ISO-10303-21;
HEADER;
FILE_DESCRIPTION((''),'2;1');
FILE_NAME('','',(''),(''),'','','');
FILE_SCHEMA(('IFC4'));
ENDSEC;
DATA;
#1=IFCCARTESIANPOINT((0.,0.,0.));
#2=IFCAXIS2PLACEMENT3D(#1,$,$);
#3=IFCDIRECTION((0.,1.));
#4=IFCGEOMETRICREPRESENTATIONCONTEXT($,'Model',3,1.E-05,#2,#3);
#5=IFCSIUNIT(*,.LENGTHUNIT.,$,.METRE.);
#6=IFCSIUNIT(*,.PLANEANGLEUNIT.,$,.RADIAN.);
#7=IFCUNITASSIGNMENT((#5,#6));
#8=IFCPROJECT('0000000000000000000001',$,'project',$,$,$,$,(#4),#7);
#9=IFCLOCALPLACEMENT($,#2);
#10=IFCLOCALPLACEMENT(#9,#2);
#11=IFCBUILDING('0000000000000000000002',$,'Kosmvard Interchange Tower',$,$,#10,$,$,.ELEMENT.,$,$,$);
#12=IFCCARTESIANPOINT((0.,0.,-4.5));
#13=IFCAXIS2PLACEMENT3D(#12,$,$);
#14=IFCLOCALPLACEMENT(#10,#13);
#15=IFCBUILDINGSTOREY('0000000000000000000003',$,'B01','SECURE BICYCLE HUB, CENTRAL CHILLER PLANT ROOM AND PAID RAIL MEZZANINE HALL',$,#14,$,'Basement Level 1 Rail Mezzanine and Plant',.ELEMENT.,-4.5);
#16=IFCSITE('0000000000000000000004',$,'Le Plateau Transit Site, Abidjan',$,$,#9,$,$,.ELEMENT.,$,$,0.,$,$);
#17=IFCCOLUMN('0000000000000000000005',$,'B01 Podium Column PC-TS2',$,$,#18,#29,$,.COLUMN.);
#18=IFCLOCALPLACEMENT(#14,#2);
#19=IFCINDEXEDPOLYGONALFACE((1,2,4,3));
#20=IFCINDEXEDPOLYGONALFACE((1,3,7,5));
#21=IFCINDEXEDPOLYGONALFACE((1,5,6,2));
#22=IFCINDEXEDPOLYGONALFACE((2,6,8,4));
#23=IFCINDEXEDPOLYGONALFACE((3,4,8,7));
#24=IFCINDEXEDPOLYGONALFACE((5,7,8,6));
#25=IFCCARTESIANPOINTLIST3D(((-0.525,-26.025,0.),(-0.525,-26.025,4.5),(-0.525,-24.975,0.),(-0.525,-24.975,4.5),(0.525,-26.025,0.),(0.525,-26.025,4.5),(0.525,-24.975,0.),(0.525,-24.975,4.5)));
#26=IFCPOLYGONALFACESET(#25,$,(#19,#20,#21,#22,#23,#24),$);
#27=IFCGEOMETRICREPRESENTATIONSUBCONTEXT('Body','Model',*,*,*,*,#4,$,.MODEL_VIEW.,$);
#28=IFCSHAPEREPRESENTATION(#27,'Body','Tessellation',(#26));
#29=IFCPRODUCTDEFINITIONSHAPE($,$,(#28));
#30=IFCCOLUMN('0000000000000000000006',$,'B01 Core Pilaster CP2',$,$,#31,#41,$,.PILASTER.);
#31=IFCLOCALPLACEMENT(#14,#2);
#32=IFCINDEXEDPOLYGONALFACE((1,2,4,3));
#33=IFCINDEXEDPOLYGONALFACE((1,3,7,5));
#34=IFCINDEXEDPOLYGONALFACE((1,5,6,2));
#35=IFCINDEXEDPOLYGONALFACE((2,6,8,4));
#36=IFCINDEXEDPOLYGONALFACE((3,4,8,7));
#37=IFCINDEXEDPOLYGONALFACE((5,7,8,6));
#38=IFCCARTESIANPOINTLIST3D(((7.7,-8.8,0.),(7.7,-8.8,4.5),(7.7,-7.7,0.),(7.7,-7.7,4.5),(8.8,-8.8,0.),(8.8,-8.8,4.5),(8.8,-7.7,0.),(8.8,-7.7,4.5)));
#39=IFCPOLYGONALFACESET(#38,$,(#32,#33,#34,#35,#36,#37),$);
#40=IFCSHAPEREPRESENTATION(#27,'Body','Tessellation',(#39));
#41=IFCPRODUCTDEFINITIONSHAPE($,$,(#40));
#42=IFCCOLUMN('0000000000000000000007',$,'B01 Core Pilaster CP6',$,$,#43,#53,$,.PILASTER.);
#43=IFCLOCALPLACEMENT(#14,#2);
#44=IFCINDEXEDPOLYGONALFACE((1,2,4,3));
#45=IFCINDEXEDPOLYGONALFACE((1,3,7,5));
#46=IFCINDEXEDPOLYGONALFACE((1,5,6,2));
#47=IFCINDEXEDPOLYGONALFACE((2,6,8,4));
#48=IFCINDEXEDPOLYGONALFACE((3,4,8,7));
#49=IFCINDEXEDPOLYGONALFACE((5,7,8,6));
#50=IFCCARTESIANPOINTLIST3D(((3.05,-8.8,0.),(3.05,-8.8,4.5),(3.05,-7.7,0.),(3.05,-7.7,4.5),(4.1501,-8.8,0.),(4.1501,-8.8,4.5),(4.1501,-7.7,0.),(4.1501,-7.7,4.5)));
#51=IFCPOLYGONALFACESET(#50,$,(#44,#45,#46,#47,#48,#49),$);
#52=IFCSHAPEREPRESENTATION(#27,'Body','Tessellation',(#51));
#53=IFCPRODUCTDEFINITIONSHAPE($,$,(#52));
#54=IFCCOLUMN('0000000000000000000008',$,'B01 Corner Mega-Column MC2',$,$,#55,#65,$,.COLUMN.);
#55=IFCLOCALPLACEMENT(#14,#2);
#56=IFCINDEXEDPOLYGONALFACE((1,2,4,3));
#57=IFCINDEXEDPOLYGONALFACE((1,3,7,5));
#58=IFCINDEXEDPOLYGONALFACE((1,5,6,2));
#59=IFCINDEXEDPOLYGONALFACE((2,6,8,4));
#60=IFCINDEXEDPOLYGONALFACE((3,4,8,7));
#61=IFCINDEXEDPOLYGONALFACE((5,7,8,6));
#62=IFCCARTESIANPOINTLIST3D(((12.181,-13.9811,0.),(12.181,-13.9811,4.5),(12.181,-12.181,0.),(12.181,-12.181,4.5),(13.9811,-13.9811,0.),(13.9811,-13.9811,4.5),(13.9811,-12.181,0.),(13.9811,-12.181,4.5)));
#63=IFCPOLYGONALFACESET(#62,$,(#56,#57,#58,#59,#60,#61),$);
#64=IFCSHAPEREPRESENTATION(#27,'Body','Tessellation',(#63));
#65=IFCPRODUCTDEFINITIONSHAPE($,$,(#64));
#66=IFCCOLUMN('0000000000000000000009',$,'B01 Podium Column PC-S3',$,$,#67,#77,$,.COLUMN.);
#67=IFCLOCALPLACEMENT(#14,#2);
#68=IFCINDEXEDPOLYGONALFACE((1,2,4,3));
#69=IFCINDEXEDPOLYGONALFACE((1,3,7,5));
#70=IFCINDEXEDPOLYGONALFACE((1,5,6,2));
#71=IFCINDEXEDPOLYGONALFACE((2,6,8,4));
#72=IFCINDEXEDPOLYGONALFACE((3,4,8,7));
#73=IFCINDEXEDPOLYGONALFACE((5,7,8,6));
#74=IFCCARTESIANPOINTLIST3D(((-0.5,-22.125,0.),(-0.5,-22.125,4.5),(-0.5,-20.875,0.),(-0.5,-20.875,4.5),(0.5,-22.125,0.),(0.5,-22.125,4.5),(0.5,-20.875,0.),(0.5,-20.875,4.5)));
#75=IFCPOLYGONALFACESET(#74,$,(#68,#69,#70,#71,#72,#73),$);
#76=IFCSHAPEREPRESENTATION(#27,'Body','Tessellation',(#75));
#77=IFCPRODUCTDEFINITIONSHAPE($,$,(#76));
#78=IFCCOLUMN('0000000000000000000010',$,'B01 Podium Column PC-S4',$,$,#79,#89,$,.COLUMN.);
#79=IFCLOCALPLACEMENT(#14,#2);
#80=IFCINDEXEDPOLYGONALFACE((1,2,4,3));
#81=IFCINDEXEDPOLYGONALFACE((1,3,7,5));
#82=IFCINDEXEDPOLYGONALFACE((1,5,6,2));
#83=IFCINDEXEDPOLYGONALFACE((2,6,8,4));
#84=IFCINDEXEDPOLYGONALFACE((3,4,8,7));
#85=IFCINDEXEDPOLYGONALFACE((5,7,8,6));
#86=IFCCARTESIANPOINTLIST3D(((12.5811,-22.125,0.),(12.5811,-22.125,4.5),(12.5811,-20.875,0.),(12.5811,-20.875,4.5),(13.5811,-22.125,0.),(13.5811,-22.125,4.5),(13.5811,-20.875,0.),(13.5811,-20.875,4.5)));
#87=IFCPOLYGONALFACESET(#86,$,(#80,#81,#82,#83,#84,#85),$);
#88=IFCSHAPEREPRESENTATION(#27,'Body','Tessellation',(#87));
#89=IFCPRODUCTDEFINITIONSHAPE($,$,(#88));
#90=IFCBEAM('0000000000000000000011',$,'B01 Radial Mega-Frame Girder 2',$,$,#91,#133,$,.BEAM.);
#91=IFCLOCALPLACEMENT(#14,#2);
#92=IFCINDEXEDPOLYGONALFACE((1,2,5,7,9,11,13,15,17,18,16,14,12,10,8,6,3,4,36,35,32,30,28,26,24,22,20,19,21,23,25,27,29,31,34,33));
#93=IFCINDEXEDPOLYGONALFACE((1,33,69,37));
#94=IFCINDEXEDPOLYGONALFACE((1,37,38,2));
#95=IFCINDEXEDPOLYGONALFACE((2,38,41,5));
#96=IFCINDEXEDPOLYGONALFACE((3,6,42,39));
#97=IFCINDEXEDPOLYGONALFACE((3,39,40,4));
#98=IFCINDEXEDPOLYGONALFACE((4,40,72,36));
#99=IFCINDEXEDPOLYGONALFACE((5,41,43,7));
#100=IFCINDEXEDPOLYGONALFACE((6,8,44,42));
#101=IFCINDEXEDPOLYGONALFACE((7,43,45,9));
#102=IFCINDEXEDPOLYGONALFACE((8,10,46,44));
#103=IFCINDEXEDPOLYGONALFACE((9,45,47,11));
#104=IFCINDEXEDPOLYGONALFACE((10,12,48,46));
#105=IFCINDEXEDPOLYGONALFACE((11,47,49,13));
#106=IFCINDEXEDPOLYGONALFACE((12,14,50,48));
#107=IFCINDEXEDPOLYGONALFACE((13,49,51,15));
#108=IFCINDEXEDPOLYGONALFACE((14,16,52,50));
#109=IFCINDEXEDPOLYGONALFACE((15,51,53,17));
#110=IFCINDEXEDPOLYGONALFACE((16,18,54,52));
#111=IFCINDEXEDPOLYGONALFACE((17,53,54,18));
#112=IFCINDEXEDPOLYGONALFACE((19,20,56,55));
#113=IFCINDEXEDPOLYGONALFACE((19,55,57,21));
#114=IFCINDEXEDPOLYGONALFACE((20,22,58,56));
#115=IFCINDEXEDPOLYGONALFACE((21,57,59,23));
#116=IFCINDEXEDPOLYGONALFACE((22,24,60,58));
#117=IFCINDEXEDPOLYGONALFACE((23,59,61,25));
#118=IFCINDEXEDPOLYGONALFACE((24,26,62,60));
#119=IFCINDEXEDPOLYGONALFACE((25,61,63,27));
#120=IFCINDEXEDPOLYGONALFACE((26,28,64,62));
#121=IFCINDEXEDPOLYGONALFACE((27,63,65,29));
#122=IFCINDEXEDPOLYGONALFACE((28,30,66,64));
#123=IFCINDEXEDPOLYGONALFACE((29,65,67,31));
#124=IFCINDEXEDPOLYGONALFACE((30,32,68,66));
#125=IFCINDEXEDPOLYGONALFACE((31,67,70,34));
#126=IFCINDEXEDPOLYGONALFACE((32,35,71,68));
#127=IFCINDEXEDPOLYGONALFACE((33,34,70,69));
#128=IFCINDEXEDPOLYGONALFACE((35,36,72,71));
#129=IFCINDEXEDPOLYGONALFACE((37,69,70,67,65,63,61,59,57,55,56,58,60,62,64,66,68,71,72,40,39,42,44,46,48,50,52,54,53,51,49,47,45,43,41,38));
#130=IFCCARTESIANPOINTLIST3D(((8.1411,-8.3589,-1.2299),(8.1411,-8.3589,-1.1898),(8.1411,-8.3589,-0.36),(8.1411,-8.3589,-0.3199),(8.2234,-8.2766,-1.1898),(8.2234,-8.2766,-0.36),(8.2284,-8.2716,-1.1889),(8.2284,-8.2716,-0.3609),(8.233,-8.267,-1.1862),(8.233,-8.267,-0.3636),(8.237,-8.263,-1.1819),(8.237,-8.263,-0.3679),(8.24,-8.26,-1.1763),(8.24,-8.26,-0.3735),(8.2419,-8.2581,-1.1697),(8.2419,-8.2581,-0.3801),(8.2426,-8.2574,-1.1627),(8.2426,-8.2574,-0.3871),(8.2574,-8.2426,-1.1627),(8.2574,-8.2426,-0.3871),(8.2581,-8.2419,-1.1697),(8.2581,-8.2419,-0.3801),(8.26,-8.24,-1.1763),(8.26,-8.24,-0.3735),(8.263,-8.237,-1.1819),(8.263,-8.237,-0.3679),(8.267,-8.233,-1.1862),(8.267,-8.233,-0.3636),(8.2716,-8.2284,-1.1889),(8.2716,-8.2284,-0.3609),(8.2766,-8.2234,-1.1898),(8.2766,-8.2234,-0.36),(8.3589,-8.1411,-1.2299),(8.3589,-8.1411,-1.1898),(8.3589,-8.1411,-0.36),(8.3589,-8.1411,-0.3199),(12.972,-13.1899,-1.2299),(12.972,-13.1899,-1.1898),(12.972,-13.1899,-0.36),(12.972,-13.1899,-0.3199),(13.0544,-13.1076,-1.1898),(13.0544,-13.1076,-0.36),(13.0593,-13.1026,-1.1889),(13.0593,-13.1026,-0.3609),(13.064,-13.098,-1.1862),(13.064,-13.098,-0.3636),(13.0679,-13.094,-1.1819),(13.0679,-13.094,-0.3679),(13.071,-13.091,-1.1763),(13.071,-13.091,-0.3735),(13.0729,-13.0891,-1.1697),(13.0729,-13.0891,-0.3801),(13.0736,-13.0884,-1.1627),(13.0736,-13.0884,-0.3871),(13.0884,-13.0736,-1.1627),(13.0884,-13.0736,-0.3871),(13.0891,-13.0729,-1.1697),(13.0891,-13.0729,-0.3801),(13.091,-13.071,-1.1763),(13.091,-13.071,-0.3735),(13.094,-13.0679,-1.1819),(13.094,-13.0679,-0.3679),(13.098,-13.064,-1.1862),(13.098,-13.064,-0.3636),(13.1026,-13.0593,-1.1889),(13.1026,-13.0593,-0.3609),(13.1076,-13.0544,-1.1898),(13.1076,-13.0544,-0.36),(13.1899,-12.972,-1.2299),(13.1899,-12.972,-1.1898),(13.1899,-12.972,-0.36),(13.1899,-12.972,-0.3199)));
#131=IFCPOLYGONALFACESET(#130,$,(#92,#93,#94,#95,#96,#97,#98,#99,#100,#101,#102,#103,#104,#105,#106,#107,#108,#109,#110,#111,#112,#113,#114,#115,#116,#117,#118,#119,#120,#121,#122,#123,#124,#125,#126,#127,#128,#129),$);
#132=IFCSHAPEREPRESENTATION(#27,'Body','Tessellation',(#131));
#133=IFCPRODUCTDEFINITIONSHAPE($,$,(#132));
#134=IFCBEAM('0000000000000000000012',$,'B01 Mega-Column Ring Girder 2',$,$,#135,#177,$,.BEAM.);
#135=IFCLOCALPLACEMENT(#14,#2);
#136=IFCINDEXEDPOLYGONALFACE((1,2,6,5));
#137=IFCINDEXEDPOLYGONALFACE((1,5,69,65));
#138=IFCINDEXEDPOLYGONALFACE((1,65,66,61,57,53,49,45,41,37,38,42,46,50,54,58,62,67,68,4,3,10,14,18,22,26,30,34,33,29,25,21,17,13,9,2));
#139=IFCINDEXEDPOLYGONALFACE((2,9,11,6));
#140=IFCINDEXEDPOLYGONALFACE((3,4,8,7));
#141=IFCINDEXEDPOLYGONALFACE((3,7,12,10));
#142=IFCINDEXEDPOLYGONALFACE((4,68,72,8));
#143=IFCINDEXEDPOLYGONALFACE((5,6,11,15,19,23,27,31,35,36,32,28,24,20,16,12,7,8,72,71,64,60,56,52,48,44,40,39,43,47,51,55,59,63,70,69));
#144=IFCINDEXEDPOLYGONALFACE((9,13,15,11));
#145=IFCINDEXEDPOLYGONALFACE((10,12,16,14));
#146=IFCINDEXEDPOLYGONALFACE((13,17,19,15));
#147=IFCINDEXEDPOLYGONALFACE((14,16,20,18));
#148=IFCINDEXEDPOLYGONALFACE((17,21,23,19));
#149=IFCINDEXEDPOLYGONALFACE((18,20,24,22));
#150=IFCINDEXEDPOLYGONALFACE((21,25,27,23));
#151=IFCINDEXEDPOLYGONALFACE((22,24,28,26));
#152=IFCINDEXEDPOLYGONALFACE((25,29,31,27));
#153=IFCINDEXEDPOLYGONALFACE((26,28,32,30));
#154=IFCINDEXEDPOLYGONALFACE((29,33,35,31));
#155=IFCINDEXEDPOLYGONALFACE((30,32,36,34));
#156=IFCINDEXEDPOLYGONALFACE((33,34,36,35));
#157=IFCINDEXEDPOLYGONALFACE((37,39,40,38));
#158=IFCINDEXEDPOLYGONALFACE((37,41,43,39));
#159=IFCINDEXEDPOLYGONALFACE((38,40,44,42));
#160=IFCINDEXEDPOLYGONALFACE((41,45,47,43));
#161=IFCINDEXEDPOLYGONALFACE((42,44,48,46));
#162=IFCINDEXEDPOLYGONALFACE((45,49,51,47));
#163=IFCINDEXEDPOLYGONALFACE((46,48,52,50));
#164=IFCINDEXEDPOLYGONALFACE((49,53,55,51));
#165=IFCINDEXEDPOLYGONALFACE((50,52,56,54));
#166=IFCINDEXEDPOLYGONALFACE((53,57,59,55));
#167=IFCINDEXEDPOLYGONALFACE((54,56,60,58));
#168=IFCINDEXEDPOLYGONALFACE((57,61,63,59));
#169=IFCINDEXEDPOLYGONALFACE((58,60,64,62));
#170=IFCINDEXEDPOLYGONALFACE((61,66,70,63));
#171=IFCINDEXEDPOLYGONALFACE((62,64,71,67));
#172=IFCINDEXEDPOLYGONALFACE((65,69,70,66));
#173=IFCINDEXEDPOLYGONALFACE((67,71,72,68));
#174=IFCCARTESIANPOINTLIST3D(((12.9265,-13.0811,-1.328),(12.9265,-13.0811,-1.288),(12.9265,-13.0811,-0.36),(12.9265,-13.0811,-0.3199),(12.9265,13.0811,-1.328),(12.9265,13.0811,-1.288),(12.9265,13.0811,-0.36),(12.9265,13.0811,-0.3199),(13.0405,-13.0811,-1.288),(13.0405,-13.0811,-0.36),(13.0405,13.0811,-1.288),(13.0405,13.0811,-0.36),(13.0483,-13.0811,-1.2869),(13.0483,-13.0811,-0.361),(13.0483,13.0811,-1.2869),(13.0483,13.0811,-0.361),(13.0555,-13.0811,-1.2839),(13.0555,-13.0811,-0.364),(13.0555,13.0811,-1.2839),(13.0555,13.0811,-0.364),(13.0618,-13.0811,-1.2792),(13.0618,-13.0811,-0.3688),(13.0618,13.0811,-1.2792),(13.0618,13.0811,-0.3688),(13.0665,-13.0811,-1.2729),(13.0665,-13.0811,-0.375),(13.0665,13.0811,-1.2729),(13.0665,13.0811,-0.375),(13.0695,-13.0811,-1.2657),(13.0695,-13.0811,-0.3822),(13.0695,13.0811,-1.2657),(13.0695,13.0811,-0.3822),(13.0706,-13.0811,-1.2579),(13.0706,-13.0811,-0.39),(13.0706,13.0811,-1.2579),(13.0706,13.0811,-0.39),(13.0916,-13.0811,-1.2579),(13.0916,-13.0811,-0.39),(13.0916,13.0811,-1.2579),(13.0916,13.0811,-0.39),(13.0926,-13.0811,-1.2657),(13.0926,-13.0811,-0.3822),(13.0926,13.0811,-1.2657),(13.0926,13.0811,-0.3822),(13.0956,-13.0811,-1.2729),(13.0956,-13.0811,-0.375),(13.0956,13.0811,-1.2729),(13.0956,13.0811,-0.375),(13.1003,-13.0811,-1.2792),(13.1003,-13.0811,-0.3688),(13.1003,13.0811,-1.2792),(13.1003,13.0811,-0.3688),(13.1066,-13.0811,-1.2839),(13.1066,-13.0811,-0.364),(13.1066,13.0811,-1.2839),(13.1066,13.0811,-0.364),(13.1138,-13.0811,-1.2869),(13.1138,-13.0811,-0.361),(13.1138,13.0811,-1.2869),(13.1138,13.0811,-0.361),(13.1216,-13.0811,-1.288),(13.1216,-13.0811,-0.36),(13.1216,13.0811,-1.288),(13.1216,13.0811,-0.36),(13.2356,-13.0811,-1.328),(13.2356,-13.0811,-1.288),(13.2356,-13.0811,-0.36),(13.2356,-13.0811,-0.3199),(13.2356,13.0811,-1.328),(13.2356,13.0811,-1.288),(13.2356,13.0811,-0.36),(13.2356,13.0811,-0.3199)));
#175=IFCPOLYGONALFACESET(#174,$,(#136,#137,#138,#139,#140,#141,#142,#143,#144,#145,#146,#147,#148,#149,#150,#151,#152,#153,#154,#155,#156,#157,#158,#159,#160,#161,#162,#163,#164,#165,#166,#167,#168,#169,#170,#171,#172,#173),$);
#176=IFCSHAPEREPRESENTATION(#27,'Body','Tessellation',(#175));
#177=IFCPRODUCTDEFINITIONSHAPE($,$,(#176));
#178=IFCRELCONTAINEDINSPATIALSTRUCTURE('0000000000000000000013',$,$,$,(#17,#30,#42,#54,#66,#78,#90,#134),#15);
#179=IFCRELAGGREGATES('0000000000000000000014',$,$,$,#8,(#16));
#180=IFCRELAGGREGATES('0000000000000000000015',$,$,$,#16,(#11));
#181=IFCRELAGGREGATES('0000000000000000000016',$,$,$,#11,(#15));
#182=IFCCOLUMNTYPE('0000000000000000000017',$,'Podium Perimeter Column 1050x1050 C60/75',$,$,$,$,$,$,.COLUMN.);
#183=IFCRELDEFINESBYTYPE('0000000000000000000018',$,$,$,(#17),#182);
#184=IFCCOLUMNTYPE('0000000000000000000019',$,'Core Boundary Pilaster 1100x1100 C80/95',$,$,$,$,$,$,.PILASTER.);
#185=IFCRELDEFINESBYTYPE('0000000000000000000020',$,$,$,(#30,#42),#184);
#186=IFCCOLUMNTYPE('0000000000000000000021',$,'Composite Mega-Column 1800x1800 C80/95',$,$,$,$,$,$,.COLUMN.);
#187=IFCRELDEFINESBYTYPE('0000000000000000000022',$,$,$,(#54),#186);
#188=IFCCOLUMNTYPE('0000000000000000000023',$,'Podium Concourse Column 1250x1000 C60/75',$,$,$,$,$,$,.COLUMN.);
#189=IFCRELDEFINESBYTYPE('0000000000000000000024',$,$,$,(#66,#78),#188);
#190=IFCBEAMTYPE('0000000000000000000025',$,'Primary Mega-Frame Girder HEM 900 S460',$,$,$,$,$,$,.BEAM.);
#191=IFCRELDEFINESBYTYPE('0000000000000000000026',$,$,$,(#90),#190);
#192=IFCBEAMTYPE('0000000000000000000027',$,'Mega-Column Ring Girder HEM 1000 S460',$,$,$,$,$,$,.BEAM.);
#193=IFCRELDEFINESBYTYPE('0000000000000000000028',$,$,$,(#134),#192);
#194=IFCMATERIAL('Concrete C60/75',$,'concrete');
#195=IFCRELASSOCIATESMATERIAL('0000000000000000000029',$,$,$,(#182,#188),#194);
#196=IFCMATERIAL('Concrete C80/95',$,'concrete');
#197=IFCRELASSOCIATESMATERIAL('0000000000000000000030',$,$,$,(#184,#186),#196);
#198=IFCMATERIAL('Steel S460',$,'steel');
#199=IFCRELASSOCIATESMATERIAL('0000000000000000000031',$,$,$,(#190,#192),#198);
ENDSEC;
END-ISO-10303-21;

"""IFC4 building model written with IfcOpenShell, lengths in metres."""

from ifc_helpers import new_model, si_unit, direction, frame, origin, origin_2d, place, context, subcontext, project, spatial, rectangle, i_section, extrude, source, transform, mapped, material, material_profile, profile_set, type_object, element, save


model = new_model("IFC4")

# Units and contexts
model_context = context("Model", 3, precision=1e-05, world=origin(), true_north=direction((0.0, 1.0)))
body_context = subcontext(model_context, "Body", "Model", "MODEL_VIEW")
ifc_project = project(units=[si_unit("LENGTHUNIT", "METRE"), si_unit("PLANEANGLEUNIT", "RADIAN")], contexts=[model_context])

# Site, building, storey
site_placement = place(None, origin())
site = spatial("IfcSite", under=ifc_project, at=site_placement, Name="Le Plateau Transit Site, Abidjan", CompositionType="ELEMENT", RefElevation=0.0)
building_placement = place(site_placement, origin())
building = spatial("IfcBuilding", under=site, at=building_placement, Name="Kosmvard Interchange Tower", CompositionType="ELEMENT")
storey_placement = place(building_placement, frame((0.0, 0.0, -4.5)))
storey = spatial("IfcBuildingStorey", under=building, at=storey_placement, Name="B01", Description="SECURE BICYCLE HUB, CENTRAL CHILLER PLANT ROOM AND PAID RAIL MEZZANINE HALL", LongName="Basement Level 1 Rail Mezzanine and Plant", CompositionType="ELEMENT", Elevation=-4.5)

# Columns
ifc_material_1 = material(Name="Concrete C60/75", Category="concrete")
ifc_material_profile_1 = material_profile(ifc_material_1, rectangle(XDim=1.05, YDim=1.05, at=origin_2d()), Name="PC 1050x1050")
ifc_profile_set_1 = profile_set([ifc_material_profile_1], Name="Concrete C60/75")
column_type_1 = type_object("IfcColumnType", Name="Podium Perimeter Column 1050x1050 C60/75", PredefinedType="COLUMN", material=ifc_profile_set_1)
shared_shape_1 = source(origin(), body_context, "Body", "SweptSolid", [
    extrude(rectangle(XDim=1.05, YDim=1.05, at=origin_2d()), origin(), (0.0, 0.0, 1.0), 4.5),
])
column_1_placement = place(storey_placement, frame((0.0, -25.5, 0.0), z_axis=(0.0, 0.0, 1.0), x_axis=(1.0, 0.0, 0.0)))
element("IfcColumn", 1, at=column_1_placement, inside=storey, type_object=column_type_1, Name="B01 Podium Column PC-TS2", PredefinedType="COLUMN", context=body_context, shape_type="MappedRepresentation", body=[
    mapped(shared_shape_1, transform((0.0, 0.0, 0.0), scale=1.0)),
])
ifc_material_2 = material(Name="Concrete C80/95", Category="concrete")
ifc_material_profile_2 = material_profile(ifc_material_2, rectangle(XDim=1.1001, YDim=1.1001, at=origin_2d()), Name="CP 1100x1100")
ifc_profile_set_2 = profile_set([ifc_material_profile_2], Name="Concrete C80/95")
column_type_2 = type_object("IfcColumnType", Name="Core Boundary Pilaster 1100x1100 C80/95", PredefinedType="PILASTER", material=ifc_profile_set_2)
shared_shape_2 = source(origin(), body_context, "Body", "SweptSolid", [
    extrude(rectangle(XDim=1.1001, YDim=1.1001, at=origin_2d()), origin(), (0.0, 0.0, 1.0), 4.5),
])
for number, where, z_axis, x_axis, name in (
    (2, (8.25, -8.25, 0.0), (0.0, 0.0, 1.0), (1.0, 0.0, 0.0), "B01 Core Pilaster CP2"),
    (3, (3.6001, -8.25, 0.0), (0.0, 0.0, 1.0), (1.0, 0.0, 0.0), "B01 Core Pilaster CP6"),
):
    element("IfcColumn", number, at=place(storey_placement, frame(where, z_axis=z_axis, x_axis=x_axis)), inside=storey, type_object=column_type_2, Name=name, PredefinedType="PILASTER", context=body_context, shape_type="MappedRepresentation", body=[
        mapped(shared_shape_2, transform((0.0, 0.0, 0.0), scale=1.0)),
    ])
ifc_material_profile_3 = material_profile(ifc_material_2, rectangle(XDim=1.8, YDim=1.8, at=origin_2d()), Name="MC 1800x1800")
ifc_profile_set_3 = profile_set([ifc_material_profile_3], Name="Concrete C80/95")
column_type_3 = type_object("IfcColumnType", Name="Composite Mega-Column 1800x1800 C80/95", PredefinedType="COLUMN", material=ifc_profile_set_3)
shared_shape_3 = source(origin(), body_context, "Body", "SweptSolid", [
    extrude(rectangle(XDim=1.8, YDim=1.8, at=origin_2d()), origin(), (0.0, 0.0, 1.0), 4.5),
])
column_2_placement = place(storey_placement, frame((13.0811, -13.0811, 0.0), z_axis=(0.0, 0.0, 1.0), x_axis=(1.0, 0.0, 0.0)))
element("IfcColumn", 4, at=column_2_placement, inside=storey, type_object=column_type_3, Name="B01 Corner Mega-Column MC2", PredefinedType="COLUMN", context=body_context, shape_type="MappedRepresentation", body=[
    mapped(shared_shape_3, transform((0.0, 0.0, 0.0), scale=1.0)),
])
ifc_material_profile_4 = material_profile(ifc_material_1, rectangle(XDim=1.0, YDim=1.25, at=origin_2d()), Name="PC 1250x1000")
ifc_profile_set_4 = profile_set([ifc_material_profile_4], Name="Concrete C60/75")
column_type_4 = type_object("IfcColumnType", Name="Podium Concourse Column 1250x1000 C60/75", PredefinedType="COLUMN", material=ifc_profile_set_4)
shared_shape_4 = source(origin(), body_context, "Body", "SweptSolid", [
    extrude(rectangle(XDim=1.0, YDim=1.25, at=origin_2d()), origin(), (0.0, 0.0, 1.0), 4.5),
])
for number, where, z_axis, x_axis, name in (
    (5, (0.0, -21.5, 0.0), (0.0, 0.0, 1.0), (1.0, 0.0, 0.0), "B01 Podium Column PC-S3"),
    (6, (13.0811, -21.5, 0.0), (0.0, 0.0, 1.0), (1.0, 0.0, 0.0), "B01 Podium Column PC-S4"),
):
    element("IfcColumn", number, at=place(storey_placement, frame(where, z_axis=z_axis, x_axis=x_axis)), inside=storey, type_object=column_type_4, Name=name, PredefinedType="COLUMN", context=body_context, shape_type="MappedRepresentation", body=[
        mapped(shared_shape_4, transform((0.0, 0.0, 0.0), scale=1.0)),
    ])

# Beams
ifc_material_3 = material(Name="Steel S460", Category="steel")
ifc_material_profile_5 = material_profile(ifc_material_3, i_section(OverallWidth=0.3081, OverallDepth=0.9099, WebThickness=0.021, FlangeThickness=0.04, FilletRadius=0.0271, at=origin_2d()), Name="HEM 900")
ifc_profile_set_5 = profile_set([ifc_material_profile_5], Name="Steel S460")
beam_type_1 = type_object("IfcBeamType", Name="Primary Mega-Frame Girder HEM 900 S460", PredefinedType="BEAM", material=ifc_profile_set_5)
shared_shape_5 = source(origin(), body_context, "Body", "SweptSolid", [
    extrude(i_section(OverallWidth=0.3081, OverallDepth=0.9099, WebThickness=0.021, FlangeThickness=0.04, FilletRadius=0.0271, at=origin_2d()), origin(), (0.0, 0.0, 1.0), 6.832),
])
beam_1_placement = place(storey_placement, frame((8.25, -8.25, -0.7749), z_axis=(0.707107, -0.707107, 0.0), x_axis=(0.707107, 0.707107, 0.0)))
element("IfcBeam", 7, at=beam_1_placement, inside=storey, type_object=beam_type_1, Name="B01 Radial Mega-Frame Girder 2", PredefinedType="BEAM", context=body_context, shape_type="MappedRepresentation", body=[
    mapped(shared_shape_5, transform((0.0, 0.0, 0.0), scale=1.0)),
])
ifc_material_profile_6 = material_profile(ifc_material_3, i_section(OverallWidth=0.3091, OverallDepth=1.0081, WebThickness=0.021, FlangeThickness=0.04, FilletRadius=0.03, at=origin_2d()), Name="HEM 1000")
ifc_profile_set_6 = profile_set([ifc_material_profile_6], Name="Steel S460")
beam_type_2 = type_object("IfcBeamType", Name="Mega-Column Ring Girder HEM 1000 S460", PredefinedType="BEAM", material=ifc_profile_set_6)
shared_shape_6 = source(origin(), body_context, "Body", "SweptSolid", [
    extrude(i_section(OverallWidth=0.3091, OverallDepth=1.0081, WebThickness=0.021, FlangeThickness=0.04, FilletRadius=0.03, at=origin_2d()), origin(), (0.0, 0.0, 1.0), 26.1621),
])
beam_2_placement = place(storey_placement, frame((13.0811, -13.0811, -0.824), z_axis=(0.0, 1.0, 0.0), x_axis=(-1.0, 0.0, 0.0)))
element("IfcBeam", 8, at=beam_2_placement, inside=storey, type_object=beam_type_2, Name="B01 Mega-Column Ring Girder 2", PredefinedType="BEAM", context=body_context, shape_type="MappedRepresentation", body=[
    mapped(shared_shape_6, transform((0.0, 0.0, 0.0), scale=1.0)),
])

save(model, "model.ifc")
